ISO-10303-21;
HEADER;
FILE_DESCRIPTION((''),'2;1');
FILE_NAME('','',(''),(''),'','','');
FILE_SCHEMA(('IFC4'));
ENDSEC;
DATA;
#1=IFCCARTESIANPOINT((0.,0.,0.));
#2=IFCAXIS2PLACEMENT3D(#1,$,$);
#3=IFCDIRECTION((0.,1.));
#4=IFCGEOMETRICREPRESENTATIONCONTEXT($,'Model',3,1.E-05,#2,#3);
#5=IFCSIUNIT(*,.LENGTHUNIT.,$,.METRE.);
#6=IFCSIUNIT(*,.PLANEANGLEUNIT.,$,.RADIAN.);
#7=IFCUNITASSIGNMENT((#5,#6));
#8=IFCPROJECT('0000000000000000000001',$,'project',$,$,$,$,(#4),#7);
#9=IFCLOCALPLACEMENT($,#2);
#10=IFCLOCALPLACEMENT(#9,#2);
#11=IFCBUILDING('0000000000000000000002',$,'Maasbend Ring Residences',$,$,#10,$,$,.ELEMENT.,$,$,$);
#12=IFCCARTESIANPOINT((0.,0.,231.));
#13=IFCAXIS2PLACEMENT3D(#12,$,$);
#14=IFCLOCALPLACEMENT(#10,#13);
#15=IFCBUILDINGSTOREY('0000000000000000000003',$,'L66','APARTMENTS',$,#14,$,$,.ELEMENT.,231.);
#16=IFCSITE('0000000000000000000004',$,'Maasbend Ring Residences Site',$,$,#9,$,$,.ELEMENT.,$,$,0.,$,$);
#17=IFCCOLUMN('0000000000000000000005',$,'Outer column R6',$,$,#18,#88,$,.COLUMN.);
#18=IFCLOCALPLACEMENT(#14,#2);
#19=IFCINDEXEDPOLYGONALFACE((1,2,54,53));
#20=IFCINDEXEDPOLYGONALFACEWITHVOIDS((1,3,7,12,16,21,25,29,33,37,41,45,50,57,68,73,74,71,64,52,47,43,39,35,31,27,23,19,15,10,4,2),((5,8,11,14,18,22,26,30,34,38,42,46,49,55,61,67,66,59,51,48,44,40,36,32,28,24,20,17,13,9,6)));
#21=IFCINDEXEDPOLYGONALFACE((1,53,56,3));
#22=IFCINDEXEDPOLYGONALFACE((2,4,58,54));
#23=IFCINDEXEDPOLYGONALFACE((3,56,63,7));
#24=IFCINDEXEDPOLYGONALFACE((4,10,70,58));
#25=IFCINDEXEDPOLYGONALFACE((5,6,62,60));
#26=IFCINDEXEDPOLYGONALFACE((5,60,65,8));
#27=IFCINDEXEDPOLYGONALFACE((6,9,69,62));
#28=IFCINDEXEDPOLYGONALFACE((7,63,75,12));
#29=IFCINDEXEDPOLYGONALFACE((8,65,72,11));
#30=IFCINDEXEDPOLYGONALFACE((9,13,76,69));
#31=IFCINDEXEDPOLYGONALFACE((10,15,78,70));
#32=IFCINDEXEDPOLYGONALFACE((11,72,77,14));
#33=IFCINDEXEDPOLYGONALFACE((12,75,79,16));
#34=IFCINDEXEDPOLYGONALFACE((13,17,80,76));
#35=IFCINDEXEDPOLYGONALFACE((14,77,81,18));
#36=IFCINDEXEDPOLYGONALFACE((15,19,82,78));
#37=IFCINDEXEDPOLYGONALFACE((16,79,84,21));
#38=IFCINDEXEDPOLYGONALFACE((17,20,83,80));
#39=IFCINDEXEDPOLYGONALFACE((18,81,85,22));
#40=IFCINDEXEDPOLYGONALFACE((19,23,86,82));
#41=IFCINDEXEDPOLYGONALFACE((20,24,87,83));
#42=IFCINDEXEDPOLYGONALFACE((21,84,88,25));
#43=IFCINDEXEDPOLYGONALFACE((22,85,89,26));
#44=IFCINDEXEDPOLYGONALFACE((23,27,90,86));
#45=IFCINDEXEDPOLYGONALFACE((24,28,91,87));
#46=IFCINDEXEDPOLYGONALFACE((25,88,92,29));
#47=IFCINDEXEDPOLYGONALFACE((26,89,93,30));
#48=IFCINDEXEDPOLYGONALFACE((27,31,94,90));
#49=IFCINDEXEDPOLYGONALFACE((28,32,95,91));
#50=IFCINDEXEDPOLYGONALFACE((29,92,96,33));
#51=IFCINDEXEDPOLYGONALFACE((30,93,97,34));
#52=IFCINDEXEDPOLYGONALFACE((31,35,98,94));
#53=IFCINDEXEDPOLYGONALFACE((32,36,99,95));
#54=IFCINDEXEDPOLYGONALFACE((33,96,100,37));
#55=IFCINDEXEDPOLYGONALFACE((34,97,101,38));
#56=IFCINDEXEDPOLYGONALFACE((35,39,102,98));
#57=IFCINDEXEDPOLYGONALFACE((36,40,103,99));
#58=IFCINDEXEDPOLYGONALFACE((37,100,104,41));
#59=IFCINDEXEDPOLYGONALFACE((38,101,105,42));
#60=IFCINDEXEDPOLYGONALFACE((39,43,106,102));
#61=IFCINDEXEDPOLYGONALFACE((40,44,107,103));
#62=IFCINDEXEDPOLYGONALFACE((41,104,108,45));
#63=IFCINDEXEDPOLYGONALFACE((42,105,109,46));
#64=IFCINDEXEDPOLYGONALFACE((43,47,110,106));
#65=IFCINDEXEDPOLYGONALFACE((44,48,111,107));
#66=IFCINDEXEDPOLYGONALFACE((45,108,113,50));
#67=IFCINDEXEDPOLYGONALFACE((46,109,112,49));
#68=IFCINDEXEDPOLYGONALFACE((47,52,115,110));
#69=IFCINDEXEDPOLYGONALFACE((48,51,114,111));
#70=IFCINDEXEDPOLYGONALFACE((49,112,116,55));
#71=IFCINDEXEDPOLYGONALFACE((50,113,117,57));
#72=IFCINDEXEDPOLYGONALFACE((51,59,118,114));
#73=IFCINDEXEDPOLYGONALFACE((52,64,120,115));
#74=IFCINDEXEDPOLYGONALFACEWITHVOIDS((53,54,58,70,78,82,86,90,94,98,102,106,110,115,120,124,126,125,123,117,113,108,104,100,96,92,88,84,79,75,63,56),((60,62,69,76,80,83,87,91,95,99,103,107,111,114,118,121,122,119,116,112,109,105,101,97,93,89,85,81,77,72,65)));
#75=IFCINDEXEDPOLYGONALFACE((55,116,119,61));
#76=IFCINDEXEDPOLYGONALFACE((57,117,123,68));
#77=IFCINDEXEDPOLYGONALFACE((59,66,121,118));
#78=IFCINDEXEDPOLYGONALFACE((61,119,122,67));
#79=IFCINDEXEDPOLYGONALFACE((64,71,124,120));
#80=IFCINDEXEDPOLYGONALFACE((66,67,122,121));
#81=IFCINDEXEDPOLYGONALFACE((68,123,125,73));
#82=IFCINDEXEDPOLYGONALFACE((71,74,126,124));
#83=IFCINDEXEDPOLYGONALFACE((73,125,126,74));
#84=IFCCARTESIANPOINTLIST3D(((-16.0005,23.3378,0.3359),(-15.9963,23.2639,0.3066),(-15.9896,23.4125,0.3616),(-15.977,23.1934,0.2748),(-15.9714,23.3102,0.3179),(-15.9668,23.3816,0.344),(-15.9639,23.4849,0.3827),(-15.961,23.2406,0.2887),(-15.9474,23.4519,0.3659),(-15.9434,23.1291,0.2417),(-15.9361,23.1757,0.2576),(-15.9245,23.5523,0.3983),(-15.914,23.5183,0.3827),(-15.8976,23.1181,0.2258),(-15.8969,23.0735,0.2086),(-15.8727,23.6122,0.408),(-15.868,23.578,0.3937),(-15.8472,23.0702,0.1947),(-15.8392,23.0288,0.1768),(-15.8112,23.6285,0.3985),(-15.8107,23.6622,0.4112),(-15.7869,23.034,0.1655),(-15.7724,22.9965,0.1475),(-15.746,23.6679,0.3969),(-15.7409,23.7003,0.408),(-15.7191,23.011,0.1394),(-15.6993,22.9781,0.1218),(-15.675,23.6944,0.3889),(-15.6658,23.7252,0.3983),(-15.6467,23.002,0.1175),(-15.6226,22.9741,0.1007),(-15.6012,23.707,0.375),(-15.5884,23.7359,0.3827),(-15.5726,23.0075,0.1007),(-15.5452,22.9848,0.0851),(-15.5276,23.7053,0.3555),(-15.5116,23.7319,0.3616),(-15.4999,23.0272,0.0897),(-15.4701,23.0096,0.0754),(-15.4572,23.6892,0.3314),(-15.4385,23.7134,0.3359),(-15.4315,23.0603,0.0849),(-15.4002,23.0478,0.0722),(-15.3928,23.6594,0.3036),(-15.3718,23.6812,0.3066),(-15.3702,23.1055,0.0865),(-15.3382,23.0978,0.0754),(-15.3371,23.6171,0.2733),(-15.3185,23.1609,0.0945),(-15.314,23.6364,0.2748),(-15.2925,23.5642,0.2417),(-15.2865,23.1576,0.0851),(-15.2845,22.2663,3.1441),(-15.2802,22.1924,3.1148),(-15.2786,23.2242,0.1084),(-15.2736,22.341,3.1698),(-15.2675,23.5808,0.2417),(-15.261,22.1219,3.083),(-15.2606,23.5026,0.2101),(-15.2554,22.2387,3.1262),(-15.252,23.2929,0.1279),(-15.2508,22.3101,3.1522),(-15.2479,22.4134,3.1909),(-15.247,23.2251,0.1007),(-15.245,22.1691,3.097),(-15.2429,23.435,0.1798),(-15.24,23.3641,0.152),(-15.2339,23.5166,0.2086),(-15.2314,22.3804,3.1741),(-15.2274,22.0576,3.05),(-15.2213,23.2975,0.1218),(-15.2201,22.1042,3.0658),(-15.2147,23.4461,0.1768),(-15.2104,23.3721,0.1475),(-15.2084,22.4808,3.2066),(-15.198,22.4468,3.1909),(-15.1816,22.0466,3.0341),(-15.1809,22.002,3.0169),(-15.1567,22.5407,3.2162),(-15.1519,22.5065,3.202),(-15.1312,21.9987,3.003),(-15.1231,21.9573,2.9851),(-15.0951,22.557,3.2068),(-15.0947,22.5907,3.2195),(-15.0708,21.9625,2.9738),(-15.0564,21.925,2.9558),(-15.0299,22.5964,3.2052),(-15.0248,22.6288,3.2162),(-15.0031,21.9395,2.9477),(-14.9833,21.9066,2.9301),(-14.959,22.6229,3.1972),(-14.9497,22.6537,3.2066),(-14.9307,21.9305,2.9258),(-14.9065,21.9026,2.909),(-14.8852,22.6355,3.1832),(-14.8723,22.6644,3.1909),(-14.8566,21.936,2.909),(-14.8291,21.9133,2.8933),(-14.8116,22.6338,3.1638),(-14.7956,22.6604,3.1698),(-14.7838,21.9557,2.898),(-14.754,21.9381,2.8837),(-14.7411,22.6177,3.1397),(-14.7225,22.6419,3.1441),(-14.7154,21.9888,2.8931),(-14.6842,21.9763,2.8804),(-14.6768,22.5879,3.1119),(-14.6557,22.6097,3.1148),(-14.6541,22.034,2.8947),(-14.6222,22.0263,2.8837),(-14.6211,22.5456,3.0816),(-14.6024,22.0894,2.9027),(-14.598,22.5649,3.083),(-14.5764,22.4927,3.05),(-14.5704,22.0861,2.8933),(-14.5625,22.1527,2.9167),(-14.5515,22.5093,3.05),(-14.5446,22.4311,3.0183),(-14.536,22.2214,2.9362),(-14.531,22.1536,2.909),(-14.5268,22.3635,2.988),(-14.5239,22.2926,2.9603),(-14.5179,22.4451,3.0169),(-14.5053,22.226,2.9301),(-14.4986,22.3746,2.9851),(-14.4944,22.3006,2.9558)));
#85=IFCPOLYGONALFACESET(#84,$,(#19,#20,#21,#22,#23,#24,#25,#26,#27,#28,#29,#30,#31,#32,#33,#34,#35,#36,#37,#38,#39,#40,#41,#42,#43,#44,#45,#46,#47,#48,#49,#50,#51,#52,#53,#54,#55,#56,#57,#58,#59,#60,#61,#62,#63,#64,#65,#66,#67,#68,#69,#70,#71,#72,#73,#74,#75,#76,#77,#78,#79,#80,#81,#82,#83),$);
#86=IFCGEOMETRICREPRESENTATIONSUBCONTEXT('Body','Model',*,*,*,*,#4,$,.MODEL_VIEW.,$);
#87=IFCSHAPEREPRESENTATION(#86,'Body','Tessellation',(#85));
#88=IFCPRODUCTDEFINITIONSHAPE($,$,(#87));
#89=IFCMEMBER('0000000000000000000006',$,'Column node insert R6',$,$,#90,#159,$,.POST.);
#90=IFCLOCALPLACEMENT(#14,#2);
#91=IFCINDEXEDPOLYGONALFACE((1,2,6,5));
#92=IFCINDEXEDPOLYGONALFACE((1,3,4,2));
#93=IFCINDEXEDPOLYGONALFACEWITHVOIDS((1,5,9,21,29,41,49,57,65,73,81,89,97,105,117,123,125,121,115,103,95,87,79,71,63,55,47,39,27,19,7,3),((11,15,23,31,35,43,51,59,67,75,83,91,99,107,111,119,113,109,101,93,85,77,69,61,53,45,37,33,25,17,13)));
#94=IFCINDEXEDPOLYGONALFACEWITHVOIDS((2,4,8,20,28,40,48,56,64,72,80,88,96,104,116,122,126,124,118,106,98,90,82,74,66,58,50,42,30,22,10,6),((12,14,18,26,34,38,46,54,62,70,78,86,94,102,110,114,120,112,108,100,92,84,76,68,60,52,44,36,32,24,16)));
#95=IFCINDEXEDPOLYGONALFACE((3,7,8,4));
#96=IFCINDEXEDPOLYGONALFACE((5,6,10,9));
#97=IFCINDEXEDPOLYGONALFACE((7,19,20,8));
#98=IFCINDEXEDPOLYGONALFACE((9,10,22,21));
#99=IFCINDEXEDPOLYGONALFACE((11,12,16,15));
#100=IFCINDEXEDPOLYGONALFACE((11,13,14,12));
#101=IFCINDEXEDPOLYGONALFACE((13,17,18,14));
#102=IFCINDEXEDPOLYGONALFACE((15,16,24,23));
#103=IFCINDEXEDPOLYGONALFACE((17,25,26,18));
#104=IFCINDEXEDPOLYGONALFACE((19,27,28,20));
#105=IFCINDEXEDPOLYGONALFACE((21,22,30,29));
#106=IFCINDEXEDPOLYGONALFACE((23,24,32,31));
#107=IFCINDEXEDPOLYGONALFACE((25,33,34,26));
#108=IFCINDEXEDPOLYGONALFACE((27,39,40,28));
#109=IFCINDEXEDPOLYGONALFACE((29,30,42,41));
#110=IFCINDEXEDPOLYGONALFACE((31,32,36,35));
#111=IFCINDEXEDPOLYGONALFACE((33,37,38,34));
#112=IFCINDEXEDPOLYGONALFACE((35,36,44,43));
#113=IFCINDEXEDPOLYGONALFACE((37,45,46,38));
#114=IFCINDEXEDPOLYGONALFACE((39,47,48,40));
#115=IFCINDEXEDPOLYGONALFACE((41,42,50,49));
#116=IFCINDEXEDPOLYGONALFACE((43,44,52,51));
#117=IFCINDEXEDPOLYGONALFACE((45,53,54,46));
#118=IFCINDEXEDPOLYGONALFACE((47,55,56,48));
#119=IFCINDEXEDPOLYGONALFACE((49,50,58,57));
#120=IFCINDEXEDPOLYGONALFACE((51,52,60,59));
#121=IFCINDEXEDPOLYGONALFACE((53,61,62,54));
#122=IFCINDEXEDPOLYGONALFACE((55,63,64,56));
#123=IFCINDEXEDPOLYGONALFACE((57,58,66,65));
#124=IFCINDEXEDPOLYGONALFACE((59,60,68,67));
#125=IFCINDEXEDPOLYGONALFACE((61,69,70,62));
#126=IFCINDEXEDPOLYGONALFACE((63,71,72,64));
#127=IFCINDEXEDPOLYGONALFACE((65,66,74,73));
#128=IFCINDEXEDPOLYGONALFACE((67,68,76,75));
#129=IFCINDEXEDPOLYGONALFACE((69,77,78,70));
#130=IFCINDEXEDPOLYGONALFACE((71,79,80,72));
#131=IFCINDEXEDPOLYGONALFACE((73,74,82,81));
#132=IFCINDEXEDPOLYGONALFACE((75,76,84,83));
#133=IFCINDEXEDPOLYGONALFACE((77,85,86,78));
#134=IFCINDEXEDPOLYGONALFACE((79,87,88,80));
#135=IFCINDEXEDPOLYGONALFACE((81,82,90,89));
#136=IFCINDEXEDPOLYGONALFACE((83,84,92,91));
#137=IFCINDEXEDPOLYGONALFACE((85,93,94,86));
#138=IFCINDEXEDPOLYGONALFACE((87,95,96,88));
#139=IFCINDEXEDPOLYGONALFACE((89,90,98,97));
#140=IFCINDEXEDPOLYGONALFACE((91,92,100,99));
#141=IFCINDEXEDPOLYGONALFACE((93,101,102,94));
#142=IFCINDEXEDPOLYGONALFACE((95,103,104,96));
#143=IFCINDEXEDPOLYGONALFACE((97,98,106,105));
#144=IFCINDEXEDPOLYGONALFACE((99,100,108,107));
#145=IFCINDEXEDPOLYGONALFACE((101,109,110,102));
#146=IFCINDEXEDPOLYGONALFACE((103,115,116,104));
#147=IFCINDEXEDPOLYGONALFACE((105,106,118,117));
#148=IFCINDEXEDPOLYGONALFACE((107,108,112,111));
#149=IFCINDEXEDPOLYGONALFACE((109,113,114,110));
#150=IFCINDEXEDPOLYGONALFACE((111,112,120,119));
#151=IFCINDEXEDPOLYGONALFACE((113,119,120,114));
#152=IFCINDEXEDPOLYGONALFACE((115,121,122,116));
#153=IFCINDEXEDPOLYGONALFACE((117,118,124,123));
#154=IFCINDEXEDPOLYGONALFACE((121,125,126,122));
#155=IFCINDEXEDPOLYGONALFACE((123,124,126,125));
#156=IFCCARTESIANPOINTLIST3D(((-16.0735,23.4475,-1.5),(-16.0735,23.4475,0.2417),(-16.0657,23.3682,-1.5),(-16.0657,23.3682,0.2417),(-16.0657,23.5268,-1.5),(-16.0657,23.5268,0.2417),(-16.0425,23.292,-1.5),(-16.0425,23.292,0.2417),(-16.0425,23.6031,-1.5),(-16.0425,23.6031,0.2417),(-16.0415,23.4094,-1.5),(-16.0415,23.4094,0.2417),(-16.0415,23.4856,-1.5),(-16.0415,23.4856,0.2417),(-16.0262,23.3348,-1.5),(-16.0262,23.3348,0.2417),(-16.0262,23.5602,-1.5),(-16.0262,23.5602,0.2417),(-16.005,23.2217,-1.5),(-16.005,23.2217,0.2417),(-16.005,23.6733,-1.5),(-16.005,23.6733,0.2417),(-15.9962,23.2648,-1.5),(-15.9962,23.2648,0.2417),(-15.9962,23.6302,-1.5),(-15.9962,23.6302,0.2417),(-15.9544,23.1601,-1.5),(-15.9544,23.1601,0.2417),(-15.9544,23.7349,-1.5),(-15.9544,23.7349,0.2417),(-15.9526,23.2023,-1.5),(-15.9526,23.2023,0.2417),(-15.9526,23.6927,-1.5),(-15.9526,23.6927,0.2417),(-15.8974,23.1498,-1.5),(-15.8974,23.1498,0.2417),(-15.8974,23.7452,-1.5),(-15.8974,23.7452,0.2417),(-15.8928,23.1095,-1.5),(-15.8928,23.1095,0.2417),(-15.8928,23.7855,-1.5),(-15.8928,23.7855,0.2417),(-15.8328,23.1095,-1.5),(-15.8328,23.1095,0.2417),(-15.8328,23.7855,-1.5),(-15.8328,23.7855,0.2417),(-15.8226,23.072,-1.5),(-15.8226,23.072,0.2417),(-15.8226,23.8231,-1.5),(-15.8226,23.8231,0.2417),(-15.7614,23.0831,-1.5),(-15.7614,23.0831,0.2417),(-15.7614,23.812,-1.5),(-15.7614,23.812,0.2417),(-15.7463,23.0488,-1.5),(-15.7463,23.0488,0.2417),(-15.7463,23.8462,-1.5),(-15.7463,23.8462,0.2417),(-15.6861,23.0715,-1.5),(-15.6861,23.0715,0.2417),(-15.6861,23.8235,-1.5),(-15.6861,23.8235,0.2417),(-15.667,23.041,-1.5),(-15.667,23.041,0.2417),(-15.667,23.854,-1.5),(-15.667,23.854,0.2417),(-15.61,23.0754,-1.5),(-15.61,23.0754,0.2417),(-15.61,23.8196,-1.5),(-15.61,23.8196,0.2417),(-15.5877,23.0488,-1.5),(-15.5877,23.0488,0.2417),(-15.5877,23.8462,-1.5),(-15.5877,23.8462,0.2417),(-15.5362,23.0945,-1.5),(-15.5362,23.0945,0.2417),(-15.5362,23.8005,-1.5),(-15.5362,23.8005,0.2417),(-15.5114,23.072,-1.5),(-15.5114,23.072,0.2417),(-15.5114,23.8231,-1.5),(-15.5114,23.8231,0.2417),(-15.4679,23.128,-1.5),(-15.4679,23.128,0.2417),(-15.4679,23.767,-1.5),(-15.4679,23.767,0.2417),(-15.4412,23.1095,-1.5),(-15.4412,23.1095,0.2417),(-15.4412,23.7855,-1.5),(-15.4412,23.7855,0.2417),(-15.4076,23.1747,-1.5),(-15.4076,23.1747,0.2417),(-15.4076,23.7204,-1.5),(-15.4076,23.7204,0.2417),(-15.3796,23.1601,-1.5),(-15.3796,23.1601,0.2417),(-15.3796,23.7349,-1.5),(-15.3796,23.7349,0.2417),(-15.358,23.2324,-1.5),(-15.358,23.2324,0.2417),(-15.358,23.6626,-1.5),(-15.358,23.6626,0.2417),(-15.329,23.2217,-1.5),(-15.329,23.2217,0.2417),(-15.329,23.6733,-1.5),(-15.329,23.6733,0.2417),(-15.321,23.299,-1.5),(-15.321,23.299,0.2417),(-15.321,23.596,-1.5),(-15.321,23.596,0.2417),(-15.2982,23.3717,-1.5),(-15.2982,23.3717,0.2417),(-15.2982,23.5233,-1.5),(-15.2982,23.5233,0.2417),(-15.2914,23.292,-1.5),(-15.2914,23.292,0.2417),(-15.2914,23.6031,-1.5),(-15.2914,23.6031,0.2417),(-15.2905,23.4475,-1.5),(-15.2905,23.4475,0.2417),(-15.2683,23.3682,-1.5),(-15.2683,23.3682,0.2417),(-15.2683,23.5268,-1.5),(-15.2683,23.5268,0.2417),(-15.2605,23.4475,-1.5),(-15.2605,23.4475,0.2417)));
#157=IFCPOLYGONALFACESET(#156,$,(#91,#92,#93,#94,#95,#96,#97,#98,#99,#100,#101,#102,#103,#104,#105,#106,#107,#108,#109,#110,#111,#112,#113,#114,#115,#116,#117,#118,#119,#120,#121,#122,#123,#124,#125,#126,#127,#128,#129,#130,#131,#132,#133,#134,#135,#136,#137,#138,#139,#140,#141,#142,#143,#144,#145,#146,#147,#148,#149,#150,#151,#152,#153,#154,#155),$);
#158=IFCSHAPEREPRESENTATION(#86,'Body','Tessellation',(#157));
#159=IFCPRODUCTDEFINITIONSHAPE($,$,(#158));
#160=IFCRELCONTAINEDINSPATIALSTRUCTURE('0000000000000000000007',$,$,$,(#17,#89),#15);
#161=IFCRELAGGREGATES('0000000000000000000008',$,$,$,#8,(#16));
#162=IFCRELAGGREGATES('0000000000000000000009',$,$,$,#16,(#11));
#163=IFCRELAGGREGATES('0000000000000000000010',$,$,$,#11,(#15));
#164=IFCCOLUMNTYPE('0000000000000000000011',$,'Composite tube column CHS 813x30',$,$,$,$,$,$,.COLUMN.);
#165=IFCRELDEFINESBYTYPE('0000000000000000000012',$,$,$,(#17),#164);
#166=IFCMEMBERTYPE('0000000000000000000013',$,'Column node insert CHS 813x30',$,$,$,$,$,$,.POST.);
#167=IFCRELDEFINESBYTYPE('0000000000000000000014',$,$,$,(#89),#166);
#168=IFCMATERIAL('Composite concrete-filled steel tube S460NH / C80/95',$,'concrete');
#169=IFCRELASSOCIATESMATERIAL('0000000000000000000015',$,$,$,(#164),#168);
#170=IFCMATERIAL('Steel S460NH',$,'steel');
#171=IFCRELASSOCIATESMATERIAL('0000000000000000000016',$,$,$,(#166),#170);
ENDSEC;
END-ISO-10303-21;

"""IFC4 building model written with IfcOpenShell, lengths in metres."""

from ifc_helpers import new_model, si_unit, direction, frame, origin, origin_2d, place, context, subcontext, project, spatial, hollow_circle, extrude, material, material_profile, profile_set, type_object, element, save


model = new_model("IFC4")

# Units and contexts
model_context = context("Model", 3, precision=1e-05, world=origin(), true_north=direction((0.0, 1.0)))
body_context = subcontext(model_context, "Body", "Model", "MODEL_VIEW")
ifc_project = project(units=[si_unit("LENGTHUNIT", "METRE"), si_unit("PLANEANGLEUNIT", "RADIAN")], contexts=[model_context])

# Site, building, storey
site_placement = place(None, origin())
site = spatial("IfcSite", under=ifc_project, at=site_placement, Name="Maasbend Ring Residences Site", CompositionType="ELEMENT", RefElevation=0.0)
building_placement = place(site_placement, origin())
building = spatial("IfcBuilding", under=site, at=building_placement, Name="Maasbend Ring Residences", CompositionType="ELEMENT")
storey_placement = place(building_placement, frame((0.0, 0.0, 231.0)))
storey = spatial("IfcBuildingStorey", under=building, at=storey_placement, Name="L66", Description="APARTMENTS", CompositionType="ELEMENT", Elevation=231.0)

# Column
ifc_material_1 = material(Name="Composite concrete-filled steel tube S460NH / C80/95", Category="concrete")
ifc_material_profile_1 = material_profile(ifc_material_1, hollow_circle(Radius=0.4065, WallThickness=0.03, at=origin_2d()), Name="Composite tube column CHS 813x30")
ifc_profile_set_1 = profile_set([ifc_material_profile_1], Name="Composite concrete-filled steel tube S460NH / C80/95")
column_type = type_object("IfcColumnType", Name="Composite tube column CHS 813x30", PredefinedType="COLUMN", material=ifc_profile_set_1)
column_placement = place(storey_placement, frame((-15.6055, 23.355, 0.2417), z_axis=(0.23174, -0.346781, 0.908867), x_axis=(0.831438, 0.555618, 0.0)))
element("IfcColumn", 1, at=column_placement, inside=storey, type_object=column_type, Name="Outer column R6", PredefinedType="COLUMN", context=body_context, shape_type="SweptSolid", body=[
    extrude(hollow_circle(Radius=0.4065, WallThickness=0.03, at=origin_2d()), origin(), (0.0, 0.0, 1.0), 3.0898),
])

# Member
ifc_material_2 = material(Name="Steel S460NH", Category="steel")
ifc_material_profile_2 = material_profile(ifc_material_2, hollow_circle(Radius=0.4065, WallThickness=0.03, at=origin_2d()), Name="Column node insert CHS 813x30")
ifc_profile_set_2 = profile_set([ifc_material_profile_2], Name="Steel S460NH")
member_type = type_object("IfcMemberType", Name="Column node insert CHS 813x30", PredefinedType="POST", material=ifc_profile_set_2)
member_placement = place(storey_placement, frame((-15.667, 23.4475, -1.5), z_axis=(0.0, 0.0, 1.0), x_axis=(1.0, 0.0, 0.0)))
element("IfcMember", 2, at=member_placement, inside=storey, type_object=member_type, Name="Column node insert R6", PredefinedType="POST", context=body_context, shape_type="SweptSolid", body=[
    extrude(hollow_circle(Radius=0.4065, WallThickness=0.03, at=origin_2d()), origin(), (0.0, 0.0, 1.0), 1.7417),
])

save(model, "model.ifc")
